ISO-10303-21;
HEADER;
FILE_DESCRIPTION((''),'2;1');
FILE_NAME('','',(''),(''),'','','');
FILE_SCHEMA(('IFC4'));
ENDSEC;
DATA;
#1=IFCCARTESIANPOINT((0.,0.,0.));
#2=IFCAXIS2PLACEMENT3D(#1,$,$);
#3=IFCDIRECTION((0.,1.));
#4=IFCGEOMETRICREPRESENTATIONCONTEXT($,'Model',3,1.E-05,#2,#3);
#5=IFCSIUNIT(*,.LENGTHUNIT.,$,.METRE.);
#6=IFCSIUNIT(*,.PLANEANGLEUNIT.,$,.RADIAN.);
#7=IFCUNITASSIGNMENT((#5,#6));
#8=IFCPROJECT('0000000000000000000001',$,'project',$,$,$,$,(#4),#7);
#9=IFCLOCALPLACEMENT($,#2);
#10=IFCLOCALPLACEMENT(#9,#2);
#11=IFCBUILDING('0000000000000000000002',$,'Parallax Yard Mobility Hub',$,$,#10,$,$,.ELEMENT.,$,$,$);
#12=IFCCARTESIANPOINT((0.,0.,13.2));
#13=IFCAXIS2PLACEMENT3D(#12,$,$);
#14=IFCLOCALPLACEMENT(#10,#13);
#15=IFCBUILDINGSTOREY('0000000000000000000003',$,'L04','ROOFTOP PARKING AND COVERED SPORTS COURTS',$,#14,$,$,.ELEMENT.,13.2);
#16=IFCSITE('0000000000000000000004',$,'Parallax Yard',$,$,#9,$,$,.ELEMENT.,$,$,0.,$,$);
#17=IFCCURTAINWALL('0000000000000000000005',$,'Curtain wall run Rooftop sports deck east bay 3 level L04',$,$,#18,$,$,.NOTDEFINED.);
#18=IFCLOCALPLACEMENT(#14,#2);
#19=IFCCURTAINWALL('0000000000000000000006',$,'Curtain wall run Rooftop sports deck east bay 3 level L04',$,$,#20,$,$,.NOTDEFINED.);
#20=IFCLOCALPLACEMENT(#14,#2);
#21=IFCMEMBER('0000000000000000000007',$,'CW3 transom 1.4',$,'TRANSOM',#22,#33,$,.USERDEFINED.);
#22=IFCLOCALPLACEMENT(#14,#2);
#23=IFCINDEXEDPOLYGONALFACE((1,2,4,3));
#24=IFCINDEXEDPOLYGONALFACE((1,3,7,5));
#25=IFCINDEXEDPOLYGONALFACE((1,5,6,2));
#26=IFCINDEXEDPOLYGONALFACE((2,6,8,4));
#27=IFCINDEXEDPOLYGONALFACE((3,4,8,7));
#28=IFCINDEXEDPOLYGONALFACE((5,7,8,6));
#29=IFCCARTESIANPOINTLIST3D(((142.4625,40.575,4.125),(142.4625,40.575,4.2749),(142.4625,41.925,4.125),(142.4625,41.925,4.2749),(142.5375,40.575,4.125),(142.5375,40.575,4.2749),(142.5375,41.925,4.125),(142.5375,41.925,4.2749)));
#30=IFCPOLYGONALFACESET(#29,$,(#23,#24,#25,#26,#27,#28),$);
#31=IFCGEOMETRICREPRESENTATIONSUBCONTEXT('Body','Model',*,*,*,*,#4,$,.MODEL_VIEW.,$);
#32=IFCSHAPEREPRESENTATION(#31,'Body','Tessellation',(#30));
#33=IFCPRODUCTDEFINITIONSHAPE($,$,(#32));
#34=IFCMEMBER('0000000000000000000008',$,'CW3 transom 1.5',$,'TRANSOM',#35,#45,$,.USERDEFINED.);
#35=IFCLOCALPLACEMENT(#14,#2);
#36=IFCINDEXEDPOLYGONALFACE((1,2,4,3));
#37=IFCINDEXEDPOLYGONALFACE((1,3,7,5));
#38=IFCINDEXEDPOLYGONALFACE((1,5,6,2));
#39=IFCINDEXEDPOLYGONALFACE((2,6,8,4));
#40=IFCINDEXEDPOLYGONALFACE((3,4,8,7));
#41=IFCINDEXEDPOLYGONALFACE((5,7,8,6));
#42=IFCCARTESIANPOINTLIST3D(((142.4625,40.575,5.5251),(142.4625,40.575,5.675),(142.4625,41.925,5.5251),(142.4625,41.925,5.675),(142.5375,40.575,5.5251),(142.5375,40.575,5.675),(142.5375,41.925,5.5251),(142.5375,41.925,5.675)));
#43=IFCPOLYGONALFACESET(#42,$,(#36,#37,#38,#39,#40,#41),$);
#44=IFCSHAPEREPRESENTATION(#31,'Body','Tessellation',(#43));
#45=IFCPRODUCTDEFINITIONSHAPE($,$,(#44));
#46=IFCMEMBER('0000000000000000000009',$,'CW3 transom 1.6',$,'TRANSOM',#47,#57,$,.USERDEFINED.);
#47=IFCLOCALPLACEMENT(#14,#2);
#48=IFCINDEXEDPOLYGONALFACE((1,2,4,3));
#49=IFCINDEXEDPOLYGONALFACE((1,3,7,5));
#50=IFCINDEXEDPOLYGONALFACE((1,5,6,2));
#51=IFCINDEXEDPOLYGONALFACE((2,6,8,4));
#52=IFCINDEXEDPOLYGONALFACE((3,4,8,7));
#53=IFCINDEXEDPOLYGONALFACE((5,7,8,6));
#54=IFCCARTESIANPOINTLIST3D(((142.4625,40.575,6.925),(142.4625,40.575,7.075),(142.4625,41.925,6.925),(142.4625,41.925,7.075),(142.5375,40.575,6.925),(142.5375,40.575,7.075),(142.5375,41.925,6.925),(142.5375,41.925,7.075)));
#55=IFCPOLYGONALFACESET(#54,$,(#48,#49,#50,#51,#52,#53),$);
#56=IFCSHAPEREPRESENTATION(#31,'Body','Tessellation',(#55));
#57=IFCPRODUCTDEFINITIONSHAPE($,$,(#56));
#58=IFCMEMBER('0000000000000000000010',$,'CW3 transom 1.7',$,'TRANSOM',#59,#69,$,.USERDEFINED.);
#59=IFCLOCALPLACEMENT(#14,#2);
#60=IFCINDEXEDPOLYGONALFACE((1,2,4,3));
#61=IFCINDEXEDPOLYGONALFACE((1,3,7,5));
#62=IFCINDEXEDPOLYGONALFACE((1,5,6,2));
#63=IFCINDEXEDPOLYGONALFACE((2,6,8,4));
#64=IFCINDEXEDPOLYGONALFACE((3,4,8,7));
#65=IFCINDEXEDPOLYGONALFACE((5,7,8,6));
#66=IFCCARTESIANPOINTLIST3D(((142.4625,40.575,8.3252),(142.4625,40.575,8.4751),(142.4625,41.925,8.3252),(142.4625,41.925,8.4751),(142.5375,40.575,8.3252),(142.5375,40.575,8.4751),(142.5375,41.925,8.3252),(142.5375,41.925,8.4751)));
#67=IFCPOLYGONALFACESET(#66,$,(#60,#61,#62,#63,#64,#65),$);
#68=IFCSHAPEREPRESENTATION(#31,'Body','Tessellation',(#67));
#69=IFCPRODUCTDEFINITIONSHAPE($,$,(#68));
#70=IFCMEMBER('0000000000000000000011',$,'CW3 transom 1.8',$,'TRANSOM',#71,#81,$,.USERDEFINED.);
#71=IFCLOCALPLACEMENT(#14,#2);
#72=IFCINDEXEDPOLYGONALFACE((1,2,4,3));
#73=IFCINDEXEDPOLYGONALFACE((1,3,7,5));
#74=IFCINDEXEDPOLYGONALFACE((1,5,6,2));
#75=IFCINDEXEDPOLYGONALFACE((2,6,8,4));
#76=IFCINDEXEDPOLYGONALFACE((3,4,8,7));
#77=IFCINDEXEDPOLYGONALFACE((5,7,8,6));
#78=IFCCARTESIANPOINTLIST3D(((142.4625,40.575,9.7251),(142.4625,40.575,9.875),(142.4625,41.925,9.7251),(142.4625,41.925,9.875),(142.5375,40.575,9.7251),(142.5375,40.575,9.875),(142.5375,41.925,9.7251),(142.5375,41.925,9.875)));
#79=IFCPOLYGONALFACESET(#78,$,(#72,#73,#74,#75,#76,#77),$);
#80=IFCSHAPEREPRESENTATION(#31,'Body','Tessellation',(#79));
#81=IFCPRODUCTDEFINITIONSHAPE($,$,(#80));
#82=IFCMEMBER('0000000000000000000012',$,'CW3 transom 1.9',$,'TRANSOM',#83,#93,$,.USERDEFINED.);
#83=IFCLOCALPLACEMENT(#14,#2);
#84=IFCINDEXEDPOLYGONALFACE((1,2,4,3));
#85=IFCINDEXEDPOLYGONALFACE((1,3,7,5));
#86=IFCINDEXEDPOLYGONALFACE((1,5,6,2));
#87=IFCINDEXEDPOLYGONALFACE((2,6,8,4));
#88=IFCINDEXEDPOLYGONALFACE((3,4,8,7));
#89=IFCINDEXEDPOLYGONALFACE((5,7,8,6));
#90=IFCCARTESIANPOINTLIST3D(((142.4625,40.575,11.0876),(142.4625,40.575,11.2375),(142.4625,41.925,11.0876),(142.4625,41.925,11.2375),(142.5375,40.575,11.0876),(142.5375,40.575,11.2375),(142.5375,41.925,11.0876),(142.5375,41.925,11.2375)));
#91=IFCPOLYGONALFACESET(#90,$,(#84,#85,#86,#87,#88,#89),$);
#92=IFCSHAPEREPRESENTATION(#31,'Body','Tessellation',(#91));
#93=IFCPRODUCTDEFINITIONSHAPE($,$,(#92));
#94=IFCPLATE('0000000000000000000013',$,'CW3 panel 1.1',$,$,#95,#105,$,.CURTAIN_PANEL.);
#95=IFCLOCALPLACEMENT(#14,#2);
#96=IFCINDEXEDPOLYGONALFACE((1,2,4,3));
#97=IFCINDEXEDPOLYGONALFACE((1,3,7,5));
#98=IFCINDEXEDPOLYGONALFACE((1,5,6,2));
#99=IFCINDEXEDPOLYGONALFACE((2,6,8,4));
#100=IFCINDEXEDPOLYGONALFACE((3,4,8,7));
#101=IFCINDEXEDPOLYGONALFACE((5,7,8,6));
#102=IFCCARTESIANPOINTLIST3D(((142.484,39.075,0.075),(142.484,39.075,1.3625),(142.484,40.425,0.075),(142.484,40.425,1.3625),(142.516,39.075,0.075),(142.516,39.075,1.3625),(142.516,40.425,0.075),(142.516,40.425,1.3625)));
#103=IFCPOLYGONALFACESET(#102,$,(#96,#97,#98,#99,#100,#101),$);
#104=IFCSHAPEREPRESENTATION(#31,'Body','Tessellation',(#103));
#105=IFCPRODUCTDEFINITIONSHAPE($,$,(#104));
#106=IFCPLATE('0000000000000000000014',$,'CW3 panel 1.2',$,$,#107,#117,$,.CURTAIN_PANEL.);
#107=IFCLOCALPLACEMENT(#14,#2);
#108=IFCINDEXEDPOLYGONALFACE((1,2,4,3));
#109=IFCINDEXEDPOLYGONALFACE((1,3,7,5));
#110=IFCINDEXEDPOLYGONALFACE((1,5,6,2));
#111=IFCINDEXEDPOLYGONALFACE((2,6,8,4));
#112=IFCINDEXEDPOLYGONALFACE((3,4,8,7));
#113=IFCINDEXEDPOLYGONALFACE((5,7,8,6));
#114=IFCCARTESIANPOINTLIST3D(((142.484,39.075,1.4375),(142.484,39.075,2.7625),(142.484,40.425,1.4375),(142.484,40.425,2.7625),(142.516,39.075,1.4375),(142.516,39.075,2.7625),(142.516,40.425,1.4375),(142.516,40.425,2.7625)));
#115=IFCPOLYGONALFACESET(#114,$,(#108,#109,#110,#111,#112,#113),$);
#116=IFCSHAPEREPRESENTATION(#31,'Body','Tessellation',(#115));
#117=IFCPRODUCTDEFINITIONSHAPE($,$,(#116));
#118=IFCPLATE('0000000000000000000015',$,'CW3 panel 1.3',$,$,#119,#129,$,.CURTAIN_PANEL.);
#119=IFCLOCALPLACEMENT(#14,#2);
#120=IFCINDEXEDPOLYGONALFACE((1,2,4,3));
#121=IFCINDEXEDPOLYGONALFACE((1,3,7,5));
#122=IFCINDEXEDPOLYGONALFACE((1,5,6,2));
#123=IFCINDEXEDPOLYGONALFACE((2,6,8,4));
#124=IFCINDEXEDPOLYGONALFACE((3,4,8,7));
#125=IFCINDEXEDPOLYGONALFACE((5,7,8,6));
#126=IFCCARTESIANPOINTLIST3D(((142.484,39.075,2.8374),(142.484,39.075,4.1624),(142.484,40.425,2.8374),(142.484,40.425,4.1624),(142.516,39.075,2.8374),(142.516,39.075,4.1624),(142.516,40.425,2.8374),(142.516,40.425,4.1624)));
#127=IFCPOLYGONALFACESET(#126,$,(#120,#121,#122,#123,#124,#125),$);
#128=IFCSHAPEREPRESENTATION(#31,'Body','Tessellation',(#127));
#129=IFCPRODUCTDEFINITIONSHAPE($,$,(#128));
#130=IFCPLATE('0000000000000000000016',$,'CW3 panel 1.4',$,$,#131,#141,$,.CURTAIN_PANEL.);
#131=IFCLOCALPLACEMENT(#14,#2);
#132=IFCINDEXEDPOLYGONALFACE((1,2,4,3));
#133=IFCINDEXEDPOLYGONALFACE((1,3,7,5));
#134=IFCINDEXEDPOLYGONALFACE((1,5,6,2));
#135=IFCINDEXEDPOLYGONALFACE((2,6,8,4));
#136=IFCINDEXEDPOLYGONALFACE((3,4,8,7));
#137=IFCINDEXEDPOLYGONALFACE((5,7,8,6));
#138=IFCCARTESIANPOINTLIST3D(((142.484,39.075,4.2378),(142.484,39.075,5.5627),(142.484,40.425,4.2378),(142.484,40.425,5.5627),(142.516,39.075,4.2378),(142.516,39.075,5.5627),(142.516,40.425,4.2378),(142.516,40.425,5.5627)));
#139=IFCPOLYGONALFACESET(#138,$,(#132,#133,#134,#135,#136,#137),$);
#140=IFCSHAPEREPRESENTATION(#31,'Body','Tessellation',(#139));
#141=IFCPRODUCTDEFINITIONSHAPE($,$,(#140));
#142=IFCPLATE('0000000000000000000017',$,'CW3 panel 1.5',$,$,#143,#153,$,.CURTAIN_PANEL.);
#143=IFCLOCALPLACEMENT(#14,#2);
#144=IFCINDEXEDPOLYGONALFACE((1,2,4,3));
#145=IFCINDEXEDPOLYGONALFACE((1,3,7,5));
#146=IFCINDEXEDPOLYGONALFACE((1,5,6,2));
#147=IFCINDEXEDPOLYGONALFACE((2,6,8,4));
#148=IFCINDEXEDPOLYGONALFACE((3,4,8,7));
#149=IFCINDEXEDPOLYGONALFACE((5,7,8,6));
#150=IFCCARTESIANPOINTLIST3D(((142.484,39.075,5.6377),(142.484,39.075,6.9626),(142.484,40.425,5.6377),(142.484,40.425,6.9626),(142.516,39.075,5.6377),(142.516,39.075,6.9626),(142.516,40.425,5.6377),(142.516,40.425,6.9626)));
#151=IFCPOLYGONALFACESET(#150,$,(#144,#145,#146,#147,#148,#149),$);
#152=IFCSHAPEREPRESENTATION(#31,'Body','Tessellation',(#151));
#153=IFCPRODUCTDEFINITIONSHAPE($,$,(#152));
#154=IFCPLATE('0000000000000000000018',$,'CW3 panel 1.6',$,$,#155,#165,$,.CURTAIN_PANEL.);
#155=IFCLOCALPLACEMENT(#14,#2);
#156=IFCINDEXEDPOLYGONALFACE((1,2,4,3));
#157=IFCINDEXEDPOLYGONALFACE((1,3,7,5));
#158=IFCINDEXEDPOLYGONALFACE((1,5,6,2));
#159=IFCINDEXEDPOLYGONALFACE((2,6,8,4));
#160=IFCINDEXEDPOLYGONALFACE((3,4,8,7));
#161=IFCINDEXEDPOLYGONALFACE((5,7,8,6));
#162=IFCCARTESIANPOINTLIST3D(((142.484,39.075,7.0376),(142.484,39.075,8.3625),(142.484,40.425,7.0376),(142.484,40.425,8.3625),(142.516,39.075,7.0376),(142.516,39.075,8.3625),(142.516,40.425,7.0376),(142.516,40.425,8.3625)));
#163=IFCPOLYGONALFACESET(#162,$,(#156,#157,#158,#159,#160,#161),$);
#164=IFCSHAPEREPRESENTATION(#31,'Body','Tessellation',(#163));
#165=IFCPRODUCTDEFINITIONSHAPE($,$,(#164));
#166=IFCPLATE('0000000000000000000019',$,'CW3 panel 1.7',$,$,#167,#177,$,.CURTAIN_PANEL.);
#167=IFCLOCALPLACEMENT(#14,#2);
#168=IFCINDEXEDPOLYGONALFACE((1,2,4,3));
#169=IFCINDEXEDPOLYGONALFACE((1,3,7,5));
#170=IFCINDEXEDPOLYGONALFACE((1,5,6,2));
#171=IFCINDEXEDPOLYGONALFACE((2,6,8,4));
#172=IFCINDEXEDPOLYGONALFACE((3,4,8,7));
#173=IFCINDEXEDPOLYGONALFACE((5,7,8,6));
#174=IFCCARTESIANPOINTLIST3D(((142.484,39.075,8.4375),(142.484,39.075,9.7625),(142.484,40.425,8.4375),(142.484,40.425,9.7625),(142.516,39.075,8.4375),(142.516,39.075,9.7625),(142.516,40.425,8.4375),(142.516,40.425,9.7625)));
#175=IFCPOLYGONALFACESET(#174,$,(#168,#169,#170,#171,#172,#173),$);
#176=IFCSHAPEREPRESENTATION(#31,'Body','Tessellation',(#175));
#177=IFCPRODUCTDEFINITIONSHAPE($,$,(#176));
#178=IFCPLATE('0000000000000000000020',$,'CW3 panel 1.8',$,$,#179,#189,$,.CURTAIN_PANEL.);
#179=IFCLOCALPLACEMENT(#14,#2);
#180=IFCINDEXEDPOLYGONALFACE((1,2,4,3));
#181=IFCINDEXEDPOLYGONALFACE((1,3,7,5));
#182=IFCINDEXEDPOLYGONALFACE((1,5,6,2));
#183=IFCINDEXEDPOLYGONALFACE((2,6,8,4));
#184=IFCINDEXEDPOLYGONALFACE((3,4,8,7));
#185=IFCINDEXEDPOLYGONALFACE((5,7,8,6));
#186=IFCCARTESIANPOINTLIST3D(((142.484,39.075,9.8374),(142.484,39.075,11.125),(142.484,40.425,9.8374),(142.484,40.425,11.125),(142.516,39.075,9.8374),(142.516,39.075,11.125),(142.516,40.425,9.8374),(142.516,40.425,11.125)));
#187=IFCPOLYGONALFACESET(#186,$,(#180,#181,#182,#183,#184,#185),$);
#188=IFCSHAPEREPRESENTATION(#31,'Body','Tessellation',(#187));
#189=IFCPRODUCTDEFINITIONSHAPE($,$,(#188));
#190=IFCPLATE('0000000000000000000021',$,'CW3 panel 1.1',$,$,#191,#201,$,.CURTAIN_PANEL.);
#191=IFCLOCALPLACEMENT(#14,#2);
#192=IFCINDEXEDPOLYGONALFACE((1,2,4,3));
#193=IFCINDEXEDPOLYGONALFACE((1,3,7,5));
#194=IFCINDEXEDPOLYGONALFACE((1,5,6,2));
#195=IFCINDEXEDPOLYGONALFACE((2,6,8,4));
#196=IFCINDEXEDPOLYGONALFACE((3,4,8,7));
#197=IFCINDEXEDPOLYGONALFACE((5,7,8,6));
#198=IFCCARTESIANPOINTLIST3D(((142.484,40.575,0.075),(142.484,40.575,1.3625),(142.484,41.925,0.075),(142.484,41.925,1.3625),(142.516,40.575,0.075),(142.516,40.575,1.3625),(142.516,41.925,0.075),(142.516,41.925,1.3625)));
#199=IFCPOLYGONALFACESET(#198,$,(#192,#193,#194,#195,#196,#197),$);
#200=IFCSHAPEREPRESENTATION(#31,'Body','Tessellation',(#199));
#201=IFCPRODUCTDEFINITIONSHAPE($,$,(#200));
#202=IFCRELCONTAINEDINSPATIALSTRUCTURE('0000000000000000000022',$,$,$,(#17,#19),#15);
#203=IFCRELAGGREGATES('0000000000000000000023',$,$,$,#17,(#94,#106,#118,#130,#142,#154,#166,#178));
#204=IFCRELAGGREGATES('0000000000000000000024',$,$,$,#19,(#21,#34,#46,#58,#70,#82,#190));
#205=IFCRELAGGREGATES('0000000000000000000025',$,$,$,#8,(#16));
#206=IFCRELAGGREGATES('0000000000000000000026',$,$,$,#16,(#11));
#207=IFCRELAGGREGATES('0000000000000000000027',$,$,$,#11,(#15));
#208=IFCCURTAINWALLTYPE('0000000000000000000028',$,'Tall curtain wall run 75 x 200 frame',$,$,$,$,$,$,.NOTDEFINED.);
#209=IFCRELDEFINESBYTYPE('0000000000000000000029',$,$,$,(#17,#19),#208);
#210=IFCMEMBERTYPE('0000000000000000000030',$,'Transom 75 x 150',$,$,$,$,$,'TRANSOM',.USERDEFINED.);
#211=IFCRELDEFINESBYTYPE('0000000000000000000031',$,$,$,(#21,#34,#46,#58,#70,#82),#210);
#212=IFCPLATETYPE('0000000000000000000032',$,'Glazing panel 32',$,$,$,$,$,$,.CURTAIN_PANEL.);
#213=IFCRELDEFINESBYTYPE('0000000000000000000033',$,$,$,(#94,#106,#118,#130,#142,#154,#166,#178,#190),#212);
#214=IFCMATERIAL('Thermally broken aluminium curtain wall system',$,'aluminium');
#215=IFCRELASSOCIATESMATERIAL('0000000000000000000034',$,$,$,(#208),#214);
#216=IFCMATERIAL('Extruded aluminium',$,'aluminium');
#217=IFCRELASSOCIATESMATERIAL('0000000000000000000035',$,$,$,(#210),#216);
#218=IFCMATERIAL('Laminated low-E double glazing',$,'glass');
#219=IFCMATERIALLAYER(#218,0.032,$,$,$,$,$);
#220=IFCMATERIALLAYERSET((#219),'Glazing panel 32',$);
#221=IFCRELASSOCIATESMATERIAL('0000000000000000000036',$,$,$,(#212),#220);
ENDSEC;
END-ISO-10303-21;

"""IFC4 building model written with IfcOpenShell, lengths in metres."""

from ifc_helpers import new_model, si_unit, direction, frame, origin, origin_2d, place, context, subcontext, project, spatial, rectangle, extrude, material, layer, layer_set, material_profile, profile_set, type_object, element, aggregate, save


model = new_model("IFC4")

# Units and contexts
model_context = context("Model", 3, precision=1e-05, world=origin(), true_north=direction((0.0, 1.0)))
body_context = subcontext(model_context, "Body", "Model", "MODEL_VIEW")
ifc_project = project(units=[si_unit("LENGTHUNIT", "METRE"), si_unit("PLANEANGLEUNIT", "RADIAN")], contexts=[model_context])

# Site, building, storey
site_placement = place(None, origin())
site = spatial("IfcSite", under=ifc_project, at=site_placement, Name="Parallax Yard", CompositionType="ELEMENT", RefElevation=0.0)
building_placement = place(site_placement, origin())
building = spatial("IfcBuilding", under=site, at=building_placement, Name="Parallax Yard Mobility Hub", CompositionType="ELEMENT")
storey_placement = place(building_placement, frame((0.0, 0.0, 13.2)))
storey = spatial("IfcBuildingStorey", under=building, at=storey_placement, Name="L04", Description="ROOFTOP PARKING AND COVERED SPORTS COURTS", CompositionType="ELEMENT", Elevation=13.2)

# Curtain wall
ifc_material_1 = material(Name="Thermally broken aluminium curtain wall system", Category="aluminium")
curtain_wall_type = type_object("IfcCurtainWallType", Name="Tall curtain wall run 75 x 200 frame", PredefinedType="NOTDEFINED", material=ifc_material_1)
curtain_wall_1_placement = place(storey_placement, origin())
curtain_wall_1 = element("IfcCurtainWall", 1, at=curtain_wall_1_placement, inside=storey, type_object=curtain_wall_type, Name="Curtain wall run Rooftop sports deck east bay 3 level L04", PredefinedType="NOTDEFINED")
ifc_material_2 = material(Name="Extruded aluminium", Category="aluminium")

# Curtain wall
curtain_wall_2_placement = place(storey_placement, origin())
curtain_wall_2 = element("IfcCurtainWall", 2, at=curtain_wall_2_placement, inside=storey, type_object=curtain_wall_type, Name="Curtain wall run Rooftop sports deck east bay 3 level L04", PredefinedType="NOTDEFINED")

# Members
ifc_material_profile_1 = material_profile(ifc_material_2, rectangle(XDim=0.075, YDim=0.1499, at=origin_2d()), Name="Transom 75 x 150")
ifc_profile_set_1 = profile_set([ifc_material_profile_1], Name="Extruded aluminium")
member_type_1 = type_object("IfcMemberType", Name="Transom 75 x 150", ElementType="TRANSOM", PredefinedType="USERDEFINED", material=ifc_profile_set_1)
member_1_placement = place(storey_placement, frame((142.5, 40.575, 4.2), z_axis=(0.0, 1.0, 0.0), x_axis=(-1.0, 0.0, 0.0)))
member_1 = element("IfcMember", 3, at=member_1_placement, type_object=member_type_1, Name="CW3 transom 1.4", ObjectType="TRANSOM", PredefinedType="USERDEFINED", context=body_context, shape_type="SweptSolid", body=[
    extrude(rectangle(XDim=0.075, YDim=0.1499, at=origin_2d()), origin(), (0.0, 0.0, 1.0), 1.3501),
])
member_2_placement = place(storey_placement, frame((142.5, 40.575, 5.6001), z_axis=(0.0, 1.0, 0.0), x_axis=(-1.0, 0.0, 0.0)))
member_2 = element("IfcMember", 4, at=member_2_placement, type_object=member_type_1, Name="CW3 transom 1.5", ObjectType="TRANSOM", PredefinedType="USERDEFINED", context=body_context, shape_type="SweptSolid", body=[
    extrude(rectangle(XDim=0.075, YDim=0.1499, at=origin_2d()), origin(), (0.0, 0.0, 1.0), 1.3501),
])
member_3_placement = place(storey_placement, frame((142.5, 40.575, 7.0), z_axis=(0.0, 1.0, 0.0), x_axis=(-1.0, 0.0, 0.0)))
member_3 = element("IfcMember", 5, at=member_3_placement, type_object=member_type_1, Name="CW3 transom 1.6", ObjectType="TRANSOM", PredefinedType="USERDEFINED", context=body_context, shape_type="SweptSolid", body=[
    extrude(rectangle(XDim=0.075, YDim=0.1499, at=origin_2d()), origin(), (0.0, 0.0, 1.0), 1.3501),
])
member_4_placement = place(storey_placement, frame((142.5, 40.575, 8.4001), z_axis=(0.0, 1.0, 0.0), x_axis=(-1.0, 0.0, 0.0)))
member_4 = element("IfcMember", 6, at=member_4_placement, type_object=member_type_1, Name="CW3 transom 1.7", ObjectType="TRANSOM", PredefinedType="USERDEFINED", context=body_context, shape_type="SweptSolid", body=[
    extrude(rectangle(XDim=0.075, YDim=0.1499, at=origin_2d()), origin(), (0.0, 0.0, 1.0), 1.3501),
])
member_5_placement = place(storey_placement, frame((142.5, 40.575, 9.8), z_axis=(0.0, 1.0, 0.0), x_axis=(-1.0, 0.0, 0.0)))
member_5 = element("IfcMember", 7, at=member_5_placement, type_object=member_type_1, Name="CW3 transom 1.8", ObjectType="TRANSOM", PredefinedType="USERDEFINED", context=body_context, shape_type="SweptSolid", body=[
    extrude(rectangle(XDim=0.075, YDim=0.1499, at=origin_2d()), origin(), (0.0, 0.0, 1.0), 1.3501),
])
member_6_placement = place(storey_placement, frame((142.5, 40.575, 11.1626), z_axis=(0.0, 1.0, 0.0), x_axis=(-1.0, 0.0, 0.0)))
member_6 = element("IfcMember", 8, at=member_6_placement, type_object=member_type_1, Name="CW3 transom 1.9", ObjectType="TRANSOM", PredefinedType="USERDEFINED", context=body_context, shape_type="SweptSolid", body=[
    extrude(rectangle(XDim=0.075, YDim=0.1499, at=origin_2d()), origin(), (0.0, 0.0, 1.0), 1.3501),
])

# Plates
ifc_material_3 = material(Name="Laminated low-E double glazing", Category="glass")
ifc_layer = layer(ifc_material_3, 0.032)
ifc_layer_set = layer_set([ifc_layer], Name="Glazing panel 32")
plate_type = type_object("IfcPlateType", Name="Glazing panel 32", PredefinedType="CURTAIN_PANEL", material=ifc_layer_set)
plate_1_placement = place(storey_placement, frame((142.5, 39.75, 0.075), z_axis=(0.0, 0.0, 1.0), x_axis=(0.0, 1.0, 0.0)))
plate_1 = element("IfcPlate", 9, at=plate_1_placement, type_object=plate_type, Name="CW3 panel 1.1", PredefinedType="CURTAIN_PANEL", context=body_context, shape_type="SweptSolid", body=[
    extrude(rectangle(XDim=1.3501, YDim=0.032, at=origin_2d()), origin(), (0.0, 0.0, 1.0), 1.2876),
])
plate_2_placement = place(storey_placement, frame((142.5, 39.75, 1.4375), z_axis=(0.0, 0.0, 1.0), x_axis=(0.0, 1.0, 0.0)))
plate_2 = element("IfcPlate", 10, at=plate_2_placement, type_object=plate_type, Name="CW3 panel 1.2", PredefinedType="CURTAIN_PANEL", context=body_context, shape_type="SweptSolid", body=[
    extrude(rectangle(XDim=1.3501, YDim=0.032, at=origin_2d()), origin(), (0.0, 0.0, 1.0), 1.325),
])
plate_3_placement = place(storey_placement, frame((142.5, 39.75, 2.8374), z_axis=(0.0, 0.0, 1.0), x_axis=(0.0, 1.0, 0.0)))
plate_3 = element("IfcPlate", 11, at=plate_3_placement, type_object=plate_type, Name="CW3 panel 1.3", PredefinedType="CURTAIN_PANEL", context=body_context, shape_type="SweptSolid", body=[
    extrude(rectangle(XDim=1.3501, YDim=0.032, at=origin_2d()), origin(), (0.0, 0.0, 1.0), 1.325),
])
plate_4_placement = place(storey_placement, frame((142.5, 39.75, 4.2378), z_axis=(0.0, 0.0, 1.0), x_axis=(0.0, 1.0, 0.0)))
plate_4 = element("IfcPlate", 12, at=plate_4_placement, type_object=plate_type, Name="CW3 panel 1.4", PredefinedType="CURTAIN_PANEL", context=body_context, shape_type="SweptSolid", body=[
    extrude(rectangle(XDim=1.3501, YDim=0.032, at=origin_2d()), origin(), (0.0, 0.0, 1.0), 1.325),
])
plate_5_placement = place(storey_placement, frame((142.5, 39.75, 5.6377), z_axis=(0.0, 0.0, 1.0), x_axis=(0.0, 1.0, 0.0)))
plate_5 = element("IfcPlate", 13, at=plate_5_placement, type_object=plate_type, Name="CW3 panel 1.5", PredefinedType="CURTAIN_PANEL", context=body_context, shape_type="SweptSolid", body=[
    extrude(rectangle(XDim=1.3501, YDim=0.032, at=origin_2d()), origin(), (0.0, 0.0, 1.0), 1.325),
])
plate_6_placement = place(storey_placement, frame((142.5, 39.75, 7.0376), z_axis=(0.0, 0.0, 1.0), x_axis=(0.0, 1.0, 0.0)))
plate_6 = element("IfcPlate", 14, at=plate_6_placement, type_object=plate_type, Name="CW3 panel 1.6", PredefinedType="CURTAIN_PANEL", context=body_context, shape_type="SweptSolid", body=[
    extrude(rectangle(XDim=1.3501, YDim=0.032, at=origin_2d()), origin(), (0.0, 0.0, 1.0), 1.325),
])
plate_7_placement = place(storey_placement, frame((142.5, 39.75, 8.4375), z_axis=(0.0, 0.0, 1.0), x_axis=(0.0, 1.0, 0.0)))
plate_7 = element("IfcPlate", 15, at=plate_7_placement, type_object=plate_type, Name="CW3 panel 1.7", PredefinedType="CURTAIN_PANEL", context=body_context, shape_type="SweptSolid", body=[
    extrude(rectangle(XDim=1.3501, YDim=0.032, at=origin_2d()), origin(), (0.0, 0.0, 1.0), 1.325),
])
plate_8_placement = place(storey_placement, frame((142.5, 39.75, 9.8374), z_axis=(0.0, 0.0, 1.0), x_axis=(0.0, 1.0, 0.0)))
plate_8 = element("IfcPlate", 16, at=plate_8_placement, type_object=plate_type, Name="CW3 panel 1.8", PredefinedType="CURTAIN_PANEL", context=body_context, shape_type="SweptSolid", body=[
    extrude(rectangle(XDim=1.3501, YDim=0.032, at=origin_2d()), origin(), (0.0, 0.0, 1.0), 1.2876),
])
aggregate(curtain_wall_1, [plate_1, plate_2, plate_3, plate_4, plate_5, plate_6, plate_7, plate_8])
plate_9_placement = place(storey_placement, frame((142.5, 41.25, 0.075), z_axis=(0.0, 0.0, 1.0), x_axis=(0.0, 1.0, 0.0)))
plate_9 = element("IfcPlate", 17, at=plate_9_placement, type_object=plate_type, Name="CW3 panel 1.1", PredefinedType="CURTAIN_PANEL", context=body_context, shape_type="SweptSolid", body=[
    extrude(rectangle(XDim=1.3501, YDim=0.032, at=origin_2d()), origin(), (0.0, 0.0, 1.0), 1.2876),
])
aggregate(curtain_wall_2, [member_1, member_2, member_3, member_4, member_5, member_6, plate_9])

save(model, "model.ifc")
